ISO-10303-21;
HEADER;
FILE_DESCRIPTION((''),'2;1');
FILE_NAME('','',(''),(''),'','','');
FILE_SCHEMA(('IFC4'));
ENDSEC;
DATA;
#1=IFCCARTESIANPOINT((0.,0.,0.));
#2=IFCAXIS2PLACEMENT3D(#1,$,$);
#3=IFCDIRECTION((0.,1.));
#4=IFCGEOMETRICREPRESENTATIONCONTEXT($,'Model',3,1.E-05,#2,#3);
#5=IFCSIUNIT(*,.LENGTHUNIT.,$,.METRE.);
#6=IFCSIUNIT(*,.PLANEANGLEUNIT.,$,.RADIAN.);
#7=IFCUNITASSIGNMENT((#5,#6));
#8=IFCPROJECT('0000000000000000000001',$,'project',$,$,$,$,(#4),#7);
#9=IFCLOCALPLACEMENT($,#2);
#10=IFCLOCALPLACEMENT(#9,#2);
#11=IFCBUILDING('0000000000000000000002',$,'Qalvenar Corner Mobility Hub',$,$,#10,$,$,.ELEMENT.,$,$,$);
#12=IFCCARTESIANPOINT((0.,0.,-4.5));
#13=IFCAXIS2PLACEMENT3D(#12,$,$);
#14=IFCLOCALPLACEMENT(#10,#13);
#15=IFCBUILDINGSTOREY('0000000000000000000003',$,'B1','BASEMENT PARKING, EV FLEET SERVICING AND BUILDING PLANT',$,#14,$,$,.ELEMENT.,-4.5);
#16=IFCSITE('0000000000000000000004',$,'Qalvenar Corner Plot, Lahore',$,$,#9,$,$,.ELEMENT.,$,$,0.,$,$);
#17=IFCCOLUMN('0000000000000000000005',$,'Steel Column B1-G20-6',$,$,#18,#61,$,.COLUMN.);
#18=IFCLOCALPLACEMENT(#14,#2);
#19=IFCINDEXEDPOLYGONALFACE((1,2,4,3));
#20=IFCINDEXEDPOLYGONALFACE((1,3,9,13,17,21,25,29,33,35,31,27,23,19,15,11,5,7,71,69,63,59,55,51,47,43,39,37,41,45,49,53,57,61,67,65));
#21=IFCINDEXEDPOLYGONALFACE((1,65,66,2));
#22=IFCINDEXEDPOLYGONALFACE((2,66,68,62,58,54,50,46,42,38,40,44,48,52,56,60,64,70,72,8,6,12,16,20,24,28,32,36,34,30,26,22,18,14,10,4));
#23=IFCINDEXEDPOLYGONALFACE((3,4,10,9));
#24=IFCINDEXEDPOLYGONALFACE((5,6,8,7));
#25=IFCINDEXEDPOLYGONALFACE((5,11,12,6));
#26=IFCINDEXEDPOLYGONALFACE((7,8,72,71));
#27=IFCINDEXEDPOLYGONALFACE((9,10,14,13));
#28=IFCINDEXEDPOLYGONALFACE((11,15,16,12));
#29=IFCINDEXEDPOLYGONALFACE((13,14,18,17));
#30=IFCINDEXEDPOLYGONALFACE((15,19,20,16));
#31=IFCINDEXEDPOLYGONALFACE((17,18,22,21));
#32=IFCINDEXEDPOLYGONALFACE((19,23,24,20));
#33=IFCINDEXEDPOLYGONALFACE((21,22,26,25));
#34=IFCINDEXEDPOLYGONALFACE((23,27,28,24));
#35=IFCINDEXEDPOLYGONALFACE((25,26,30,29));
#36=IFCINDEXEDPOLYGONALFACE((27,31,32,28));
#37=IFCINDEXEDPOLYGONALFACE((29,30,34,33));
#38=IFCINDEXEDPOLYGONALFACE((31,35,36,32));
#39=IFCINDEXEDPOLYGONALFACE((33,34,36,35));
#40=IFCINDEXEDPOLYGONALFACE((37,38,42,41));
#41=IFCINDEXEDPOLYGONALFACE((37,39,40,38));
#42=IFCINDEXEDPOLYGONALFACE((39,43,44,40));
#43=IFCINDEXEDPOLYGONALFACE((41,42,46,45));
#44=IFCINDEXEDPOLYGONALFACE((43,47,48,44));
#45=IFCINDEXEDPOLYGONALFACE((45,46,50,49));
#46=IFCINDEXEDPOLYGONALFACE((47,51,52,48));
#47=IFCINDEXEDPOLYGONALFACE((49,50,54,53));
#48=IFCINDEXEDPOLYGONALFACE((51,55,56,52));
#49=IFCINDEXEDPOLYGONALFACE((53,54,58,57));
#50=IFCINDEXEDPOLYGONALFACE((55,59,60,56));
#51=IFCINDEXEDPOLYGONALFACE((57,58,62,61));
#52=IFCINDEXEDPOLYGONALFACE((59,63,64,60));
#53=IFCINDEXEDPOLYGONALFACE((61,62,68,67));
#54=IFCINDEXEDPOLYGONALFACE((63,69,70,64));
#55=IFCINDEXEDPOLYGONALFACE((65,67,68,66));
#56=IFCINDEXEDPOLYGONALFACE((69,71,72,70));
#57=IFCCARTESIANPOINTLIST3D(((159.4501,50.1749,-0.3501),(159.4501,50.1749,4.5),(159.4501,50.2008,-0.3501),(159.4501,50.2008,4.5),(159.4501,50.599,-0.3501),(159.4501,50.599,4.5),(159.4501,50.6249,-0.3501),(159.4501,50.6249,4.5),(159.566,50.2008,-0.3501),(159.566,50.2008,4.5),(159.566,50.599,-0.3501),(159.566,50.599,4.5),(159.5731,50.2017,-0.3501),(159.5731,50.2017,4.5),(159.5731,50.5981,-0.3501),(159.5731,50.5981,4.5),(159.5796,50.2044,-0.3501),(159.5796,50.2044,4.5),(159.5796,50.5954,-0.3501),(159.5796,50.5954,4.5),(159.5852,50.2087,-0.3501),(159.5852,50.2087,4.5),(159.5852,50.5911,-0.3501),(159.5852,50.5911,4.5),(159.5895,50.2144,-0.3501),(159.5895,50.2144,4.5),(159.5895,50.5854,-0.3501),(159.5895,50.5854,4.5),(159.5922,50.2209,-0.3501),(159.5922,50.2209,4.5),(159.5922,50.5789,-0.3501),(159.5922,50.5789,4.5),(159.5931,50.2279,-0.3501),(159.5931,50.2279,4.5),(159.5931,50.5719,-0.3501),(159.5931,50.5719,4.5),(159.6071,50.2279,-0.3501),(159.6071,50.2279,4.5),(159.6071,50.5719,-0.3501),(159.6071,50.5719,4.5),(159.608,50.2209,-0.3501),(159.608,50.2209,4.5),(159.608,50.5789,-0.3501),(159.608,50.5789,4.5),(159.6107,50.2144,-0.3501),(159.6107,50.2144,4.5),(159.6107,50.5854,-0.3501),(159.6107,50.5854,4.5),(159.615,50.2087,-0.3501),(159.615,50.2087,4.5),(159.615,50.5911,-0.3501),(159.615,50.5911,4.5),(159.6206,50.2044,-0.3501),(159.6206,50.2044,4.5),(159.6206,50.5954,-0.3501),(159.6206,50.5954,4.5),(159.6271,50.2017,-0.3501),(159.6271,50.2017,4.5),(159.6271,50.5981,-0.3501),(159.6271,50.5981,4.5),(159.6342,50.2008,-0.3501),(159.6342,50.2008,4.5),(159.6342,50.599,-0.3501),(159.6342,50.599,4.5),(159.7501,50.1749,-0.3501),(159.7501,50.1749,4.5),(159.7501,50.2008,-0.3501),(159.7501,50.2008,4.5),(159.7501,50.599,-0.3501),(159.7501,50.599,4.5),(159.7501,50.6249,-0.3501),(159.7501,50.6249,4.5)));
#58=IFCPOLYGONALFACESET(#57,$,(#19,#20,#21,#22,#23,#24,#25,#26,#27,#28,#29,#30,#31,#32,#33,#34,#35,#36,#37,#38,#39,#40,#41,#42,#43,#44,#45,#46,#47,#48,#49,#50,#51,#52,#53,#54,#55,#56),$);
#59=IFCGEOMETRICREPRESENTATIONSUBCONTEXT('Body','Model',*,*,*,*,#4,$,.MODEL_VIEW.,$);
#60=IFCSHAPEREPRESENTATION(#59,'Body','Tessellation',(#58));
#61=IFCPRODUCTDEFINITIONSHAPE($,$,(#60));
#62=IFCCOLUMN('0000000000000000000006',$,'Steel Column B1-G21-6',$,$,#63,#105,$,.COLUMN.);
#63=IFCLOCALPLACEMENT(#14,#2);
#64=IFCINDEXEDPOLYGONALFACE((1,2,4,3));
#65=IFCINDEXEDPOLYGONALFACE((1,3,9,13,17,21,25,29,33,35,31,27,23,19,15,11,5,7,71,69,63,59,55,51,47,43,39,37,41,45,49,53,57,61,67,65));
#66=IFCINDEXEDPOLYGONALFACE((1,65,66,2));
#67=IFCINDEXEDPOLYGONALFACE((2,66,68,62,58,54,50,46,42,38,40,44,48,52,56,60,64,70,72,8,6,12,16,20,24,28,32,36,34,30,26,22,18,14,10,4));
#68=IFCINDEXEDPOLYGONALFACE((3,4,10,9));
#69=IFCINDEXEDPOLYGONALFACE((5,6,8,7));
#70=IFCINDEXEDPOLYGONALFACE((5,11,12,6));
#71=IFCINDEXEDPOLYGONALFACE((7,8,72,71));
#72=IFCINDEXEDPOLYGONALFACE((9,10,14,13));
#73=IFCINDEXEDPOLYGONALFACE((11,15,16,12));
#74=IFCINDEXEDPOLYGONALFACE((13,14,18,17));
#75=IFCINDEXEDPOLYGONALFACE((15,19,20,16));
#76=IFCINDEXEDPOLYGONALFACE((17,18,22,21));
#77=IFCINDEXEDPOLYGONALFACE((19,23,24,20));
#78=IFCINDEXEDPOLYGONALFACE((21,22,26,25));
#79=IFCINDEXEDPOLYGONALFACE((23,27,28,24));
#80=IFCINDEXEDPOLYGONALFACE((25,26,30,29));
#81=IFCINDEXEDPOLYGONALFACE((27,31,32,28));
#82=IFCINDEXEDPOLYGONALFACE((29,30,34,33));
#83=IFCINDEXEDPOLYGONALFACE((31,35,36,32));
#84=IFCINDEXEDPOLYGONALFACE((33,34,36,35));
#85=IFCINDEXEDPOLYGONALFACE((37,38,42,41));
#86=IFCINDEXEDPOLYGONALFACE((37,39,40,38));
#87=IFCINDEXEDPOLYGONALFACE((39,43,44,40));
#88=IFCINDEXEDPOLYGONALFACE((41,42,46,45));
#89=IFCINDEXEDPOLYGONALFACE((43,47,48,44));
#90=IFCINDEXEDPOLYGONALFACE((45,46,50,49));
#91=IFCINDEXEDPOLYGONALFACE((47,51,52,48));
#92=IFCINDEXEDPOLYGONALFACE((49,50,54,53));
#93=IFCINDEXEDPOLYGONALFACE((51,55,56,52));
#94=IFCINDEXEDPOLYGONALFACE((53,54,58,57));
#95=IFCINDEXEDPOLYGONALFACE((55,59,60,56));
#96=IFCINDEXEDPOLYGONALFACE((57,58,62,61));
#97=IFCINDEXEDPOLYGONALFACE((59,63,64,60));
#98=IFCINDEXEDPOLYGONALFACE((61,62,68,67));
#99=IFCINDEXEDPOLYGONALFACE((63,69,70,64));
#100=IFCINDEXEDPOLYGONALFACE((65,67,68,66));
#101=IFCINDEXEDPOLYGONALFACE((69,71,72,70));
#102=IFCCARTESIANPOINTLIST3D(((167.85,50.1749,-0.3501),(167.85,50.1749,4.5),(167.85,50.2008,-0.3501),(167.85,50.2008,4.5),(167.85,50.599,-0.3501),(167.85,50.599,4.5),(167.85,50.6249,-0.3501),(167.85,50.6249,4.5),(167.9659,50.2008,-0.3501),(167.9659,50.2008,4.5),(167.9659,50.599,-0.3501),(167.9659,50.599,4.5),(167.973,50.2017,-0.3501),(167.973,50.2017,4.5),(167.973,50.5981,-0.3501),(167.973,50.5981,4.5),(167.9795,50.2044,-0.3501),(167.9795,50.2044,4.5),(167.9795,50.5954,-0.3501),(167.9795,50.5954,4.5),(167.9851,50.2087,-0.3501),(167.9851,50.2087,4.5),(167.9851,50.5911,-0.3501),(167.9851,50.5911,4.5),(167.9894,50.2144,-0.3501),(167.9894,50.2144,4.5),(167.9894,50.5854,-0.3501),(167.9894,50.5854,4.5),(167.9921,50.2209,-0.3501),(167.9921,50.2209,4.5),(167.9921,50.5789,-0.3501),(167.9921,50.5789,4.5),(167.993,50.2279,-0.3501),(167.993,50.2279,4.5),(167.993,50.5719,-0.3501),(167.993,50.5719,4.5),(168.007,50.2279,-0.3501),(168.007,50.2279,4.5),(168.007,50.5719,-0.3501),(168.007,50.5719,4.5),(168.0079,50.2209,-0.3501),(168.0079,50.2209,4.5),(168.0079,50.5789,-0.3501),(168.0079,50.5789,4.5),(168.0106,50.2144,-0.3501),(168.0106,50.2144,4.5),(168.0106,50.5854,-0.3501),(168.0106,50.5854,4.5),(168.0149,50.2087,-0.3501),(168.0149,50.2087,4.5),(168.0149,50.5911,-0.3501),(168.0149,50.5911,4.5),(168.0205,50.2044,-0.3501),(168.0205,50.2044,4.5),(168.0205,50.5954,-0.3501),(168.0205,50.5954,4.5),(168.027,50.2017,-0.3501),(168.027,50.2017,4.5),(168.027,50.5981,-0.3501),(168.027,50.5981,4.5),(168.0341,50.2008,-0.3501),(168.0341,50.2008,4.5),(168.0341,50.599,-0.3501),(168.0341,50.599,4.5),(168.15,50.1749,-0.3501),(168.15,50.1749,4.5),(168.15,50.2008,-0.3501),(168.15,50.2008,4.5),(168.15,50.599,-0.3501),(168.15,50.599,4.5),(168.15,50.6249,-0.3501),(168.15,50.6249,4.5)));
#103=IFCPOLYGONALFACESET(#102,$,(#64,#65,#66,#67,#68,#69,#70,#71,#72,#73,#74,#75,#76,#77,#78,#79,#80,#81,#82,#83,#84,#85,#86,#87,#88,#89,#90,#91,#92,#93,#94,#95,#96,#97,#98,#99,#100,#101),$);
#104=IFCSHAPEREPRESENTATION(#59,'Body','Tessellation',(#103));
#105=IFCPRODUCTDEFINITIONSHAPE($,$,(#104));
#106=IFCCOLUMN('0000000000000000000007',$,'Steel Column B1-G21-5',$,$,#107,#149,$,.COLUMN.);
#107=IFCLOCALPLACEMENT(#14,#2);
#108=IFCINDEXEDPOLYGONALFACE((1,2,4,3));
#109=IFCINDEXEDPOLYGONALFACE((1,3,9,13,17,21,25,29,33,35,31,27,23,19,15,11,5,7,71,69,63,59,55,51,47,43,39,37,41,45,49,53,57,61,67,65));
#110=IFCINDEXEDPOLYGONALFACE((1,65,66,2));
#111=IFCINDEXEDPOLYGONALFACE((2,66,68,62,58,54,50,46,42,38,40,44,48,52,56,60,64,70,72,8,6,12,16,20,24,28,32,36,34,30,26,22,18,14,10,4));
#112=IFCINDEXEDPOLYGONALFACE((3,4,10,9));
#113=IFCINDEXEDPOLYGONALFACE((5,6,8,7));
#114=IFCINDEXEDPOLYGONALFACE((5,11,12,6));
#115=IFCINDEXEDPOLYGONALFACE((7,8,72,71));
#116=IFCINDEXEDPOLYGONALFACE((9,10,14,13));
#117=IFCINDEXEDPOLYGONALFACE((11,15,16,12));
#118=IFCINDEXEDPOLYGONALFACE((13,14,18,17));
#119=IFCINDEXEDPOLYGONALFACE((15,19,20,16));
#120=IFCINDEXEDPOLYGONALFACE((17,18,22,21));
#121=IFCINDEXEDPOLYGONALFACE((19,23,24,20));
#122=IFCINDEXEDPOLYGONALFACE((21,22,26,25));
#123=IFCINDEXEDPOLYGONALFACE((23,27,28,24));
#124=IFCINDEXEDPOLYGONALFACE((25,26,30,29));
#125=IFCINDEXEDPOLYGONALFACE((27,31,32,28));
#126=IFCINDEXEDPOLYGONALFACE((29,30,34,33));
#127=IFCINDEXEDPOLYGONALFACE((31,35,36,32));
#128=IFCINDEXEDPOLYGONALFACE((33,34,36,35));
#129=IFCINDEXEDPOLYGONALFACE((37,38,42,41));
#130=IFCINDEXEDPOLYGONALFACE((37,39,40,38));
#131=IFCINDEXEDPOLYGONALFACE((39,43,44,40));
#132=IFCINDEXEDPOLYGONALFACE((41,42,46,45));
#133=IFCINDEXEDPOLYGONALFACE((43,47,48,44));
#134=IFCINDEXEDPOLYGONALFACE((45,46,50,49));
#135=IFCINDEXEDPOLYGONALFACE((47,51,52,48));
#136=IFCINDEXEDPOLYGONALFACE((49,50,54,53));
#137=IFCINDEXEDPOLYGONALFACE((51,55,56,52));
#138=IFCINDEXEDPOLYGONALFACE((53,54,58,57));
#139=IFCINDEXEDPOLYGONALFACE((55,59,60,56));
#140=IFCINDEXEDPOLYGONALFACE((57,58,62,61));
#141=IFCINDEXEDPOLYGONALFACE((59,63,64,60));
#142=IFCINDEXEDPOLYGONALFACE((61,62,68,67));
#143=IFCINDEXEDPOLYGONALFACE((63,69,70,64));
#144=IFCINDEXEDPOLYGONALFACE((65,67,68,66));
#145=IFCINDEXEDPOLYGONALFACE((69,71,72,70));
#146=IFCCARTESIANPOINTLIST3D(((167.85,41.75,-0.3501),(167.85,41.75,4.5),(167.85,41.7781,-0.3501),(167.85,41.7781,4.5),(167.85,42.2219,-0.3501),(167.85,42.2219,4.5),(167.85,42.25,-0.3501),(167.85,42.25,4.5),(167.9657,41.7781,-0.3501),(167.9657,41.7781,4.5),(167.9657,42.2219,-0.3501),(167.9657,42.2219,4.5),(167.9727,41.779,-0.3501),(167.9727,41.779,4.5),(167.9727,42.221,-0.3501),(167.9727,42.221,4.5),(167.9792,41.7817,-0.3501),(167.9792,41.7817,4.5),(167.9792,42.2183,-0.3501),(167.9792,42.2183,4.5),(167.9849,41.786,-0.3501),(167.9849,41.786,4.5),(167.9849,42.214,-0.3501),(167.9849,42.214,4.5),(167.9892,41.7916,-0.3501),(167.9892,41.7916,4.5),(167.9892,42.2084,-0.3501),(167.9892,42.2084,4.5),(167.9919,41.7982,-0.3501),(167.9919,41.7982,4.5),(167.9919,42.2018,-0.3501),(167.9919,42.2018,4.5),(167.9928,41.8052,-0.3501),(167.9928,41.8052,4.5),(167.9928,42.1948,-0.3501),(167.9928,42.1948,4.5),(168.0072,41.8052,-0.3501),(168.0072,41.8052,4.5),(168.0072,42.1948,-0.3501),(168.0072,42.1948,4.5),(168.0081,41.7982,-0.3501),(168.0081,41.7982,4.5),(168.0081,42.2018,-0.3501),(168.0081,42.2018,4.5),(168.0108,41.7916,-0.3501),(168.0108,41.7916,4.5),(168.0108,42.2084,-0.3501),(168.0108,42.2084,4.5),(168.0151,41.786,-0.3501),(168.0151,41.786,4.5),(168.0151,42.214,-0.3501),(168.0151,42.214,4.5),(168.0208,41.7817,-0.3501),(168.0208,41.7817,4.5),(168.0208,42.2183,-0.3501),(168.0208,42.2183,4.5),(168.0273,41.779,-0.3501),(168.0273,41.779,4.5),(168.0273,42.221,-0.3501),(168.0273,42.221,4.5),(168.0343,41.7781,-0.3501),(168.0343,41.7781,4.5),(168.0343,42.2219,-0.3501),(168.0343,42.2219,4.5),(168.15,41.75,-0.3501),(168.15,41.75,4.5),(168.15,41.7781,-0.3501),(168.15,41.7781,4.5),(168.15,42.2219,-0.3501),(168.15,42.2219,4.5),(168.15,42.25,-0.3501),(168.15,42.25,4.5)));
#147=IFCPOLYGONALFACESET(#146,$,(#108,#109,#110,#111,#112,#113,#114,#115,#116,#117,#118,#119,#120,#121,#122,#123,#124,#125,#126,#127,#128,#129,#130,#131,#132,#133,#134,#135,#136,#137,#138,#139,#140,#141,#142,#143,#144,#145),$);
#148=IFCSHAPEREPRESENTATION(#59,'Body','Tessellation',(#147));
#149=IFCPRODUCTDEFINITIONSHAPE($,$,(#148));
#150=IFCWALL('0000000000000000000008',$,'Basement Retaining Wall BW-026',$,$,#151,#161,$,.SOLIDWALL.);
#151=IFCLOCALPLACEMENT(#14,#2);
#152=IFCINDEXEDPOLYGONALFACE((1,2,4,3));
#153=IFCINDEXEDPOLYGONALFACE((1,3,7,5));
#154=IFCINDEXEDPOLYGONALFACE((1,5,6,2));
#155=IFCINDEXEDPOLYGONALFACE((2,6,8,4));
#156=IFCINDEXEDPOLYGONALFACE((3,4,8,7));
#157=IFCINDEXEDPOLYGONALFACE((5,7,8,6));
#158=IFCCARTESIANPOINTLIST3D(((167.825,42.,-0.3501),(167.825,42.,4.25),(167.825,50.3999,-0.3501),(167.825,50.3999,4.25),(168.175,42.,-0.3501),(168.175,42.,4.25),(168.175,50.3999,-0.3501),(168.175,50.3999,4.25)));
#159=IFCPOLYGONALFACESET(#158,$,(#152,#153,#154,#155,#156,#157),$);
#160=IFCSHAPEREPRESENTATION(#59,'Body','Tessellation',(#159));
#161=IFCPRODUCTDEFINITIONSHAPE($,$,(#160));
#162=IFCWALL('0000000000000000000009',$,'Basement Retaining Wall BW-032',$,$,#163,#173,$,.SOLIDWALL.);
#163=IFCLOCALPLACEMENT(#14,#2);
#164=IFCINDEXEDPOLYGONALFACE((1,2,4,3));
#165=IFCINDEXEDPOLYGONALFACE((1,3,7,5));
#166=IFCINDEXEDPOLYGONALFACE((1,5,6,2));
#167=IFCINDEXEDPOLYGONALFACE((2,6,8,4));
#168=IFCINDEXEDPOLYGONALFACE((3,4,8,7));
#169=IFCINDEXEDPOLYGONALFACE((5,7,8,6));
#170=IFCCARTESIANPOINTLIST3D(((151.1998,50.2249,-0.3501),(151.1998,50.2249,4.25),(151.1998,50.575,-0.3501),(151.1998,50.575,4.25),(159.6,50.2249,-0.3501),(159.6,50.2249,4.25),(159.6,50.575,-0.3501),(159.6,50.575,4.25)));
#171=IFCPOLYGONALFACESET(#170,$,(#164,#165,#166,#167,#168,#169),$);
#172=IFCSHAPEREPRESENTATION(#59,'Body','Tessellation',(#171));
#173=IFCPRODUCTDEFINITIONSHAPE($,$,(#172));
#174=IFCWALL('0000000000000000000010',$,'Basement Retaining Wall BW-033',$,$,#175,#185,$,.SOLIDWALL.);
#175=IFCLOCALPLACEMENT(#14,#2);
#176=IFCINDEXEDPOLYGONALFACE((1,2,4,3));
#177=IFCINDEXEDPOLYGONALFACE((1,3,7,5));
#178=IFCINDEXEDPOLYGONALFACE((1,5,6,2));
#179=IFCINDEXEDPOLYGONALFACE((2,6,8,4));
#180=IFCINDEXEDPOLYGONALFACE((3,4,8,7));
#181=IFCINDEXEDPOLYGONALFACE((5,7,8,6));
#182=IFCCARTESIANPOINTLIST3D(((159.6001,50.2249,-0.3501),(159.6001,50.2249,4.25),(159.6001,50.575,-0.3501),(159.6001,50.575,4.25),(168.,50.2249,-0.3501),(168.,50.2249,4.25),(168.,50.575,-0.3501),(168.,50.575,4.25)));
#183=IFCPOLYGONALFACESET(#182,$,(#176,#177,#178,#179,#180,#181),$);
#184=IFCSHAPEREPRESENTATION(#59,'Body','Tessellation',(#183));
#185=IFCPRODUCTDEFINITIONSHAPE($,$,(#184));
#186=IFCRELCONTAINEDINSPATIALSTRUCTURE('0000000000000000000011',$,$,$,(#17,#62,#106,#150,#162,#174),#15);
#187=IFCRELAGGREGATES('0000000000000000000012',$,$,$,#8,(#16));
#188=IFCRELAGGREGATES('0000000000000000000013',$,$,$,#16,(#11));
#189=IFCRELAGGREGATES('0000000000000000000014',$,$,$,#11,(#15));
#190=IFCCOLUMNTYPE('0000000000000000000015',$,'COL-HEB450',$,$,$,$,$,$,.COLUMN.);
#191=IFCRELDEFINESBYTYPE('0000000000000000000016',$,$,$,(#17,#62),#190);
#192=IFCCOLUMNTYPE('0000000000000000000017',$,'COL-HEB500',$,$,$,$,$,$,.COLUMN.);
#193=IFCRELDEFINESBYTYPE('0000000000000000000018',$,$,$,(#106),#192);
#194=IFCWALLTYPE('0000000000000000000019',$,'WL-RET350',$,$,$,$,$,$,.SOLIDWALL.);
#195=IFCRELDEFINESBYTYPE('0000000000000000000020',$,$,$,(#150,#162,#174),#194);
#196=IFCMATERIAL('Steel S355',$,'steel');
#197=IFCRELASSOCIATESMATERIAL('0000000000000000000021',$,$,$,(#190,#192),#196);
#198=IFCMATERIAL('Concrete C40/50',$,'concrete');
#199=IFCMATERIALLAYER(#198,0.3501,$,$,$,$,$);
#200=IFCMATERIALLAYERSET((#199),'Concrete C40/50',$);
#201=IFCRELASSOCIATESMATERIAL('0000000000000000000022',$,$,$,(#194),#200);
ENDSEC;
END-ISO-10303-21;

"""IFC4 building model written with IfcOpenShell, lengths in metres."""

from ifc_helpers import new_model, si_unit, direction, frame, frame_2d, origin, origin_2d, place, context, subcontext, project, spatial, rectangle, i_section, extrude, material, layer, layer_set, material_profile, profile_set, type_object, element, save


model = new_model("IFC4")

# Units and contexts
model_context = context("Model", 3, precision=1e-05, world=origin(), true_north=direction((0.0, 1.0)))
body_context = subcontext(model_context, "Body", "Model", "MODEL_VIEW")
ifc_project = project(units=[si_unit("LENGTHUNIT", "METRE"), si_unit("PLANEANGLEUNIT", "RADIAN")], contexts=[model_context])

# Site, building, storey
site_placement = place(None, origin())
site = spatial("IfcSite", under=ifc_project, at=site_placement, Name="Qalvenar Corner Plot, Lahore", CompositionType="ELEMENT", RefElevation=0.0)
building_placement = place(site_placement, origin())
building = spatial("IfcBuilding", under=site, at=building_placement, Name="Qalvenar Corner Mobility Hub", CompositionType="ELEMENT")
storey_placement = place(building_placement, frame((0.0, 0.0, -4.5)))
storey = spatial("IfcBuildingStorey", under=building, at=storey_placement, Name="B1", Description="BASEMENT PARKING, EV FLEET SERVICING AND BUILDING PLANT", CompositionType="ELEMENT", Elevation=-4.5)

# Shared definitions
ifc_material_1 = material(Name="Concrete C40/50", Category="concrete")

# Columns
ifc_material_2 = material(Name="Steel S355", Category="steel")
ifc_material_profile_1 = material_profile(ifc_material_2, i_section(OverallWidth=0.3, OverallDepth=0.45, WebThickness=0.0139, FlangeThickness=0.0259, FilletRadius=0.0271, at=origin_2d()), Name="HEB450")
ifc_profile_set_1 = profile_set([ifc_material_profile_1], Name="Steel S355")
column_type_1 = type_object("IfcColumnType", Name="COL-HEB450", PredefinedType="COLUMN", material=ifc_profile_set_1)
for number, where, z_axis, x_axis, name in (
    (1, (159.6001, 50.3999, -0.3501), (0.0, 0.0, 1.0), (1.0, 0.0, 0.0), "Steel Column B1-G20-6"),
    (2, (168.0, 50.3999, -0.3501), (0.0, 0.0, 1.0), (1.0, 0.0, 0.0), "Steel Column B1-G21-6"),
):
    element("IfcColumn", number, at=place(storey_placement, frame(where, z_axis=z_axis, x_axis=x_axis)), inside=storey, type_object=column_type_1, Name=name, PredefinedType="COLUMN", context=body_context, shape_type="SweptSolid", body=[
        extrude(i_section(OverallWidth=0.3, OverallDepth=0.45, WebThickness=0.0139, FlangeThickness=0.0259, FilletRadius=0.0271, at=origin_2d()), origin(), (0.0, 0.0, 1.0), 4.8501),
    ])
ifc_material_profile_2 = material_profile(ifc_material_2, i_section(OverallWidth=0.3, OverallDepth=0.5, WebThickness=0.0144, FlangeThickness=0.0281, FilletRadius=0.0271, at=origin_2d()), Name="HEB500")
ifc_profile_set_2 = profile_set([ifc_material_profile_2], Name="Steel S355")
column_type_2 = type_object("IfcColumnType", Name="COL-HEB500", PredefinedType="COLUMN", material=ifc_profile_set_2)
column_placement = place(storey_placement, frame((168.0, 42.0, -0.3501), z_axis=(0.0, 0.0, 1.0), x_axis=(1.0, 0.0, 0.0)))
element("IfcColumn", 3, at=column_placement, inside=storey, type_object=column_type_2, Name="Steel Column B1-G21-5", PredefinedType="COLUMN", context=body_context, shape_type="SweptSolid", body=[
    extrude(i_section(OverallWidth=0.3, OverallDepth=0.5, WebThickness=0.0144, FlangeThickness=0.0281, FilletRadius=0.0271, at=origin_2d()), origin(), (0.0, 0.0, 1.0), 4.8501),
])

# Walls
ifc_layer = layer(ifc_material_1, 0.3501)
ifc_layer_set = layer_set([ifc_layer], Name="Concrete C40/50")
wall_type = type_object("IfcWallType", Name="WL-RET350", PredefinedType="SOLIDWALL", material=ifc_layer_set)
wall_1_placement = place(storey_placement, frame((168.0, 42.0, -0.3501), z_axis=(0.0, 0.0, 1.0), x_axis=(0.0, 1.0, 0.0)))
element("IfcWall", 4, at=wall_1_placement, inside=storey, type_object=wall_type, Name="Basement Retaining Wall BW-026", PredefinedType="SOLIDWALL", context=body_context, shape_type="SweptSolid", body=[
    extrude(rectangle(XDim=8.3999, YDim=0.3501, at=frame_2d((4.2, 0.0))), origin(), (0.0, 0.0, 1.0), 4.6001),
])
wall_2_placement = place(storey_placement, frame((159.6001, 50.3999, -0.3501), z_axis=(0.0, 0.0, 1.0), x_axis=(-1.0, 0.0, 0.0)))
element("IfcWall", 5, at=wall_2_placement, inside=storey, type_object=wall_type, Name="Basement Retaining Wall BW-032", PredefinedType="SOLIDWALL", context=body_context, shape_type="SweptSolid", body=[
    extrude(rectangle(XDim=8.4001, YDim=0.3501, at=frame_2d((4.2002, 0.0))), origin(), (0.0, 0.0, 1.0), 4.6001),
])
wall_3_placement = place(storey_placement, frame((168.0, 50.3999, -0.3501), z_axis=(0.0, 0.0, 1.0), x_axis=(-1.0, 0.0, 0.0)))
element("IfcWall", 6, at=wall_3_placement, inside=storey, type_object=wall_type, Name="Basement Retaining Wall BW-033", PredefinedType="SOLIDWALL", context=body_context, shape_type="SweptSolid", body=[
    extrude(rectangle(XDim=8.3999, YDim=0.3501, at=frame_2d((4.2, 0.0))), origin(), (0.0, 0.0, 1.0), 4.6001),
])

save(model, "model.ifc")
